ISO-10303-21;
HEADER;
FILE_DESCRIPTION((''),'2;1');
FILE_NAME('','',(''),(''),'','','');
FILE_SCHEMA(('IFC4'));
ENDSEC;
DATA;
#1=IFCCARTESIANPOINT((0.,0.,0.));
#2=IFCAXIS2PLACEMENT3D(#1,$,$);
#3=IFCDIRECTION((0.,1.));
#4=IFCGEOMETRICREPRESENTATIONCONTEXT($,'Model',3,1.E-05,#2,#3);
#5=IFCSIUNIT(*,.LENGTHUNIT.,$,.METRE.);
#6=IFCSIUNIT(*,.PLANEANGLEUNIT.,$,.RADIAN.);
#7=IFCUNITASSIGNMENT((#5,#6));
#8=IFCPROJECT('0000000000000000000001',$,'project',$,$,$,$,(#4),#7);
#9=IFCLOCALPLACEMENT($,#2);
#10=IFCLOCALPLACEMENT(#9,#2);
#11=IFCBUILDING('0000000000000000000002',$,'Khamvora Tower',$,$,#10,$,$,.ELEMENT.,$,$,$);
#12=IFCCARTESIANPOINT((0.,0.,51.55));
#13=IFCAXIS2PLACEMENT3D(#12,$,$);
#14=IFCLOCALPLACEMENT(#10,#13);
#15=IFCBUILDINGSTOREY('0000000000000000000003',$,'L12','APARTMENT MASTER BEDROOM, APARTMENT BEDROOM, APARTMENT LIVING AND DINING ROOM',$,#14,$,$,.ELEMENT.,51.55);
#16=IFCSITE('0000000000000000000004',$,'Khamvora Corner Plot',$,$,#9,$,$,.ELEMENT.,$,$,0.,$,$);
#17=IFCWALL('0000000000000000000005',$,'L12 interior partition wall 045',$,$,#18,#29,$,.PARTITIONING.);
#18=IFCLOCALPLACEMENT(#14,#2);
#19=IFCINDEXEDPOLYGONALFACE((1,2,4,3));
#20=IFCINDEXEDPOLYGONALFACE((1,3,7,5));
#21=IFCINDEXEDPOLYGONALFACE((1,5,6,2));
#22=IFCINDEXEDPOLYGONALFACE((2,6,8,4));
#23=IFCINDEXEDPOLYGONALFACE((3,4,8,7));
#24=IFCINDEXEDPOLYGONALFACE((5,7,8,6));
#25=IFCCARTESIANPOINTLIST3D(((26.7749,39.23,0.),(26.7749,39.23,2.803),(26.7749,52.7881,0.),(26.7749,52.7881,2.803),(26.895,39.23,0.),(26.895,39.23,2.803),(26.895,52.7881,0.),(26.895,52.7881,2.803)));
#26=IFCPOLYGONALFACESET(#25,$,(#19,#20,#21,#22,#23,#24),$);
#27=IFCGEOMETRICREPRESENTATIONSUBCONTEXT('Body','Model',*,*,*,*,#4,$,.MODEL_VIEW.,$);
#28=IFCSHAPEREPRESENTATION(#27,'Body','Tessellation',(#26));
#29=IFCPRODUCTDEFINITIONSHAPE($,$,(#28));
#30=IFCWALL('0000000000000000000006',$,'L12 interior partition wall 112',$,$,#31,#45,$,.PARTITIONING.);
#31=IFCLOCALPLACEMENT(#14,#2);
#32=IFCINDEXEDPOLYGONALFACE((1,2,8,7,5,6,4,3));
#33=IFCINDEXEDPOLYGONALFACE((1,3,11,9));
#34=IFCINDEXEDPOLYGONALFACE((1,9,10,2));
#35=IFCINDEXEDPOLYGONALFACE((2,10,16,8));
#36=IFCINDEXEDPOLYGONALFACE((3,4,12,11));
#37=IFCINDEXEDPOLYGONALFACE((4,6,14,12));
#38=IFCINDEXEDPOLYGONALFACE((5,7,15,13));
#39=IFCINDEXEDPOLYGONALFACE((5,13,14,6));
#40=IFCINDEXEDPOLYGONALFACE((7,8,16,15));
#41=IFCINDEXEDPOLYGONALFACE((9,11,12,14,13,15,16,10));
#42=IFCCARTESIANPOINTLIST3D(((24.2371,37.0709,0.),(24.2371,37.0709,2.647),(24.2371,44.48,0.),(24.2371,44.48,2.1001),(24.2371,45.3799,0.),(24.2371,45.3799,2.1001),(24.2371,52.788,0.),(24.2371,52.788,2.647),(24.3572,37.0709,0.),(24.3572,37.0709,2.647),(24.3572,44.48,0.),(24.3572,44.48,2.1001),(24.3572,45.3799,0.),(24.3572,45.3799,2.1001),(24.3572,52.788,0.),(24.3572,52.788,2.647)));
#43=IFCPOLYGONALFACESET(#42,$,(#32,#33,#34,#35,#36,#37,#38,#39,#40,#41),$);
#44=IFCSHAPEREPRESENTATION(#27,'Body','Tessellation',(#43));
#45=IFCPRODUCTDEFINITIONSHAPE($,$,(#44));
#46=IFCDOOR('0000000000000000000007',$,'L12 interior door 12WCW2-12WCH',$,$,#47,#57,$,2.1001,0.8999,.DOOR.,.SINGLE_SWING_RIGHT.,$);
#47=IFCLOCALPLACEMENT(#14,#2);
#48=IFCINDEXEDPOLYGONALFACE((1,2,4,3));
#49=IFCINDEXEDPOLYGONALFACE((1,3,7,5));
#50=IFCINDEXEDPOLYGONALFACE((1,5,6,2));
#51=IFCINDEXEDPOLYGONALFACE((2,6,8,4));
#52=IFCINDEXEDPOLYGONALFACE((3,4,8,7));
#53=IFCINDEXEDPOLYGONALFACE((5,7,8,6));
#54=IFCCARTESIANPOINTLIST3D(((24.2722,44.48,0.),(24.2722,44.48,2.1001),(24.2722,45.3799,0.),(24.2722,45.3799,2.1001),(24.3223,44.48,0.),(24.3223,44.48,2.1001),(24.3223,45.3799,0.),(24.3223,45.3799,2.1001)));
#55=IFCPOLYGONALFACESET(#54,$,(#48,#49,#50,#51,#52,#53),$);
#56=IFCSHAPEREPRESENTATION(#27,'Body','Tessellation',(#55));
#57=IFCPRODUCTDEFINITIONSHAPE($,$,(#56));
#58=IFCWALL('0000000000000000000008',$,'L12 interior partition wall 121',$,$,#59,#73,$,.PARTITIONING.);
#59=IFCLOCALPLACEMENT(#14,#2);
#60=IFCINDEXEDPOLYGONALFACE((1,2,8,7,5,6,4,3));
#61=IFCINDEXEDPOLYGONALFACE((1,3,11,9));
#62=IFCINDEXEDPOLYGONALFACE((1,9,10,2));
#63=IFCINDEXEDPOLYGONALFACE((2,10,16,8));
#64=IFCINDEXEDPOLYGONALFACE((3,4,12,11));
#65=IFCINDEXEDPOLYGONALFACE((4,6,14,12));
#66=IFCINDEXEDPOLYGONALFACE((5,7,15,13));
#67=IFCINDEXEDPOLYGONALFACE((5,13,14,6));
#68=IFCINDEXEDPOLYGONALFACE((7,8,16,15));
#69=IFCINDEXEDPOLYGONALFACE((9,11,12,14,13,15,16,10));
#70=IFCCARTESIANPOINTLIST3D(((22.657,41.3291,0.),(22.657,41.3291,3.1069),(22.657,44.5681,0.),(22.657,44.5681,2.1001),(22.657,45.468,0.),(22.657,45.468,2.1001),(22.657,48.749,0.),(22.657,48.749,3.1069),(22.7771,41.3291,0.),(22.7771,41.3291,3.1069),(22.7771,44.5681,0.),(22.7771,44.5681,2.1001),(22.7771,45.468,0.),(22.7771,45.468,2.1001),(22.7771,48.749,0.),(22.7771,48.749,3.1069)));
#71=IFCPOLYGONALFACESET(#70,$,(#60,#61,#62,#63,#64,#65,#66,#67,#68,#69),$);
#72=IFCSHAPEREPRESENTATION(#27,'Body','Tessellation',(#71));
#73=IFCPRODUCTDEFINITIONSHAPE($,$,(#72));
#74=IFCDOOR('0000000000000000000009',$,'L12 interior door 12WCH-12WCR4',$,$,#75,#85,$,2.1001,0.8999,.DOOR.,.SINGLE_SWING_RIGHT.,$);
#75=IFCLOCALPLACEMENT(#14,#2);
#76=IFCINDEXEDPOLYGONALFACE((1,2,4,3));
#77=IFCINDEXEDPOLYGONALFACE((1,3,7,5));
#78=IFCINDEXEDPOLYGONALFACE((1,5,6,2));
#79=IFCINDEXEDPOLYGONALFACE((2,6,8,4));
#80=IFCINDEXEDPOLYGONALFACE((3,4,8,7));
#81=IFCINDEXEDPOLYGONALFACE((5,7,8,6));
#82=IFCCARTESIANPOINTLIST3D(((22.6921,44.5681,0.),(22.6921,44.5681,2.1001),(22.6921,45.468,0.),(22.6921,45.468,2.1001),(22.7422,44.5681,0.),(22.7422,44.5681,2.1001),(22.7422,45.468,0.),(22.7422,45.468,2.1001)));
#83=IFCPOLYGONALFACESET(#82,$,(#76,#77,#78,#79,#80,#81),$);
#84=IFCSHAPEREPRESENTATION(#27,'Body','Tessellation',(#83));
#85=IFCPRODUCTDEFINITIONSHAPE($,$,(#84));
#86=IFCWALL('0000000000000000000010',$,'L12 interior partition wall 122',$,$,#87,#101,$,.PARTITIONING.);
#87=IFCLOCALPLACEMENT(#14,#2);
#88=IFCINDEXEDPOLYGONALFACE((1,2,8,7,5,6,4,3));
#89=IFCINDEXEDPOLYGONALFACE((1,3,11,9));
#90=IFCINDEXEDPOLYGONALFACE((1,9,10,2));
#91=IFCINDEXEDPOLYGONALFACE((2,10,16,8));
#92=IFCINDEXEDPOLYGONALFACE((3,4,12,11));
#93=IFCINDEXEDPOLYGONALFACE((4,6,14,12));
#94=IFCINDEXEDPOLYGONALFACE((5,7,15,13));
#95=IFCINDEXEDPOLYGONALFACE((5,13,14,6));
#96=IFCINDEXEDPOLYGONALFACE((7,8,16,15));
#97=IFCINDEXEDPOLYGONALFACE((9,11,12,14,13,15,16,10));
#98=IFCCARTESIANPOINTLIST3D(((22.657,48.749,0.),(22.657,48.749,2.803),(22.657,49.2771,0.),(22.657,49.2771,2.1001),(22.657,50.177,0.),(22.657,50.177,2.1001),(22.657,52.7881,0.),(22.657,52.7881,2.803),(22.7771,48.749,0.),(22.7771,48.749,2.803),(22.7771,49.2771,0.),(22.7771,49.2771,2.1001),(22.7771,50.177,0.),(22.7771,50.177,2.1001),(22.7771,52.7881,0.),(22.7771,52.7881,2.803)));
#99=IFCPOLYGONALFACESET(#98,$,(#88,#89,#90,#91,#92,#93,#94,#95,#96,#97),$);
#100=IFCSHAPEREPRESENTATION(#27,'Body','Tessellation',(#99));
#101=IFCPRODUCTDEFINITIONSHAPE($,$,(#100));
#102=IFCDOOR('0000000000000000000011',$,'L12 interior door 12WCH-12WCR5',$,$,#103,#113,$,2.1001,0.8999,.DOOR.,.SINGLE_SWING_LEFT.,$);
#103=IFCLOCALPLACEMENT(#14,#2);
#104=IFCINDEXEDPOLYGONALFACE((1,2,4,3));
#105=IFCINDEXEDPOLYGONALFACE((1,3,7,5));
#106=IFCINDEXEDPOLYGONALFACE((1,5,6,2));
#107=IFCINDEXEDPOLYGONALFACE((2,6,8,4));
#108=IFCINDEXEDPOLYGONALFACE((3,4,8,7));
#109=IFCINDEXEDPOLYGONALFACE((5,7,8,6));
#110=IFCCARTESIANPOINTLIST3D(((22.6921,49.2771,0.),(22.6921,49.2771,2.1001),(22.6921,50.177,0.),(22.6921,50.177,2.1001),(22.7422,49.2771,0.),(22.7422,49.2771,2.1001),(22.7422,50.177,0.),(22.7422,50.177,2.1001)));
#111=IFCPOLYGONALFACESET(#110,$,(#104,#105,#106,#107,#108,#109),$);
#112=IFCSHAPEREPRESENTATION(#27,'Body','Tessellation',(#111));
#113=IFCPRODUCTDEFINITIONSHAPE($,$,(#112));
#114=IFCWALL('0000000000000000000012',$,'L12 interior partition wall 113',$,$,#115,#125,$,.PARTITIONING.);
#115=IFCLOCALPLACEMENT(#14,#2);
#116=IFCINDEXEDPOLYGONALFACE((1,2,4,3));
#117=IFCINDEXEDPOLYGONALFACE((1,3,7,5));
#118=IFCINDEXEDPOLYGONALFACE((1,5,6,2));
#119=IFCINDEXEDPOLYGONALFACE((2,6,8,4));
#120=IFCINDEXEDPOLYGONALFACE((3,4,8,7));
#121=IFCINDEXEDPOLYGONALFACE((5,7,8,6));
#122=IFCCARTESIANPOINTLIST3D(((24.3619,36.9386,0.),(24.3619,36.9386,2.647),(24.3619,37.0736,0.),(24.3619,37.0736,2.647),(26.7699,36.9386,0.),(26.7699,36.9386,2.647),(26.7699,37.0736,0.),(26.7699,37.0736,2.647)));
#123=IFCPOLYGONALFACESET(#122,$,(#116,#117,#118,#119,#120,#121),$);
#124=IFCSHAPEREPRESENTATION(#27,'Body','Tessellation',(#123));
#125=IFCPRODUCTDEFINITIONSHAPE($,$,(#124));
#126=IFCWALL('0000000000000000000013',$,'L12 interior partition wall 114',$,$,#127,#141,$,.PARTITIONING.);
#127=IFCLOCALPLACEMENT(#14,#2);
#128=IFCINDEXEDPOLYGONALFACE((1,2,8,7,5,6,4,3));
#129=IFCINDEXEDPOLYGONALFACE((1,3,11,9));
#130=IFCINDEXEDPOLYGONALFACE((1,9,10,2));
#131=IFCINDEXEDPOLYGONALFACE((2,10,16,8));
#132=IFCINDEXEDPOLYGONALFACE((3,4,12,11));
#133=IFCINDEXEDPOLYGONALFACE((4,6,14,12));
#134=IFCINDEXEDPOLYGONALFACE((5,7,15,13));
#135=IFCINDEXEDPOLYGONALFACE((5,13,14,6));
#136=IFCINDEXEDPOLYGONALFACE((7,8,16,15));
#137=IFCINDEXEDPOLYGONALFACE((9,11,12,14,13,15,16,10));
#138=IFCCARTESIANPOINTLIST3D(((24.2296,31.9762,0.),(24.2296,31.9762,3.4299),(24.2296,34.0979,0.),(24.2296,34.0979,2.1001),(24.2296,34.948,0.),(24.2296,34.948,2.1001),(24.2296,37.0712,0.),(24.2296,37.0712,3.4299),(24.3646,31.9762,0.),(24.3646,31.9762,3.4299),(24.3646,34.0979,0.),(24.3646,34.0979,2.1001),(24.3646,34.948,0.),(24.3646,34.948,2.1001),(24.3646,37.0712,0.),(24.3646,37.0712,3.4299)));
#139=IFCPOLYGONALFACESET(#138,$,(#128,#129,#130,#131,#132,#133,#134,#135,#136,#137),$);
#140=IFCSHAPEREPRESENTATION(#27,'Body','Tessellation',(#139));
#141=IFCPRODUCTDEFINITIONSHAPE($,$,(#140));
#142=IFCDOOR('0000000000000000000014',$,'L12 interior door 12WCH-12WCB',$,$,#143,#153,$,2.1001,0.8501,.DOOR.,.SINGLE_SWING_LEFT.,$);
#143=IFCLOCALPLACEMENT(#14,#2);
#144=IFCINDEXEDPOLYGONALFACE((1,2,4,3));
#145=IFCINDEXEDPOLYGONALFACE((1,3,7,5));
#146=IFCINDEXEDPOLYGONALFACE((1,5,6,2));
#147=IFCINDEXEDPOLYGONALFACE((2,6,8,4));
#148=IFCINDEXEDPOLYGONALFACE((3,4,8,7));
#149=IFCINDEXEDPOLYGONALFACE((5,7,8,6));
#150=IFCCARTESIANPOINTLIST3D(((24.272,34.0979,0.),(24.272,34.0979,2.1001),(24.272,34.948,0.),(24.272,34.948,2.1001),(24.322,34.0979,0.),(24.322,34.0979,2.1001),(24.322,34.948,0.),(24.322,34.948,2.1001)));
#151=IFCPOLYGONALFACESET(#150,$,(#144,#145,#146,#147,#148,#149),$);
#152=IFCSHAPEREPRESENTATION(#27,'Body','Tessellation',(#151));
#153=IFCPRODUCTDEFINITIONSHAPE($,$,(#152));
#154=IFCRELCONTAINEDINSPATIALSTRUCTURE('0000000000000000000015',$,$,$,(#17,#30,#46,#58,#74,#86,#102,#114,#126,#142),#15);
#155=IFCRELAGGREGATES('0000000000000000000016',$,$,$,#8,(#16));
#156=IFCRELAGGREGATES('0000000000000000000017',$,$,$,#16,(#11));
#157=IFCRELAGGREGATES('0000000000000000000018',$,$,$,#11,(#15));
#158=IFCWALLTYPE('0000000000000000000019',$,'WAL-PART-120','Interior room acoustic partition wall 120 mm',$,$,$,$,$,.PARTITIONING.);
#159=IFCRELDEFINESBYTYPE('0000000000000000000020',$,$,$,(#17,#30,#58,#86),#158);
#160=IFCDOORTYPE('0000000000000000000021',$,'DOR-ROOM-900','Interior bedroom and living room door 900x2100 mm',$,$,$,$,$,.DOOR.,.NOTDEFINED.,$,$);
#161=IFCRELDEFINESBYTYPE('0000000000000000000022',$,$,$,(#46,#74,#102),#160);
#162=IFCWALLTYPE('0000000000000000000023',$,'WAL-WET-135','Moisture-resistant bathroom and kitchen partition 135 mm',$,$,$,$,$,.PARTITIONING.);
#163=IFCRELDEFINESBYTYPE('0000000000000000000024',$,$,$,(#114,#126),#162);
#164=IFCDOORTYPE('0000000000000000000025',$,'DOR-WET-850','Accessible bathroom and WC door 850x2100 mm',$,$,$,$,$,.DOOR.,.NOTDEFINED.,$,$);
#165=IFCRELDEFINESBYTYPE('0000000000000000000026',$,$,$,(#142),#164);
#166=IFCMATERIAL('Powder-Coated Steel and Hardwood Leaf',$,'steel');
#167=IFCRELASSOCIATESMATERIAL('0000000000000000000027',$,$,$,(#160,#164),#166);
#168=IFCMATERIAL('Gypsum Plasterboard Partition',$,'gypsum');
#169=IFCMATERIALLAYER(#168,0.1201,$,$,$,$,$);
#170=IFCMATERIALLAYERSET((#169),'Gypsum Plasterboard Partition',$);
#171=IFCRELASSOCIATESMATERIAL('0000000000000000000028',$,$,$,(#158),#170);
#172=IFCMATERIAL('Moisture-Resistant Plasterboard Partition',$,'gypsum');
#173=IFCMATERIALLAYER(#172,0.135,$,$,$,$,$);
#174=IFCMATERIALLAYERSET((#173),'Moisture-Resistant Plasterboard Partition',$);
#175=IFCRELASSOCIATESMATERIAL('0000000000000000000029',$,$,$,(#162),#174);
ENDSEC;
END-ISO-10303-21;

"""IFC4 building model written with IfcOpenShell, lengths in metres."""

from ifc_helpers import new_model, si_unit, direction, frame, frame_2d, origin, place, context, subcontext, project, spatial, rectangle, extrude, material, layer, layer_set, type_object, element, fill, save


model = new_model("IFC4")

# Units and contexts
model_context = context("Model", 3, precision=1e-05, world=origin(), true_north=direction((0.0, 1.0)))
body_context = subcontext(model_context, "Body", "Model", "MODEL_VIEW")
ifc_project = project(units=[si_unit("LENGTHUNIT", "METRE"), si_unit("PLANEANGLEUNIT", "RADIAN")], contexts=[model_context])

# Site, building, storey
site_placement = place(None, origin())
site = spatial("IfcSite", under=ifc_project, at=site_placement, Name="Khamvora Corner Plot", CompositionType="ELEMENT", RefElevation=0.0)
building_placement = place(site_placement, origin())
building = spatial("IfcBuilding", under=site, at=building_placement, Name="Khamvora Tower", CompositionType="ELEMENT")
storey_placement = place(building_placement, frame((0.0, 0.0, 51.55)))
storey = spatial("IfcBuildingStorey", under=building, at=storey_placement, Name="L12", Description="APARTMENT MASTER BEDROOM, APARTMENT BEDROOM, APARTMENT LIVING AND DINING ROOM", CompositionType="ELEMENT", Elevation=51.55)

# Shared definitions
ifc_material_1 = material(Name="Powder-Coated Steel and Hardwood Leaf", Category="steel")
door_type_1 = type_object("IfcDoorType", Name="DOR-ROOM-900", Description="Interior bedroom and living room door 900x2100 mm", OperationType="NOTDEFINED", PredefinedType="DOOR", material=ifc_material_1)

# Wall
ifc_material_2 = material(Name="Gypsum Plasterboard Partition", Category="gypsum")
ifc_layer_1 = layer(ifc_material_2, 0.1201)
ifc_layer_set_1 = layer_set([ifc_layer_1], Name="Gypsum Plasterboard Partition")
wall_type_1 = type_object("IfcWallType", Name="WAL-PART-120", Description="Interior room acoustic partition wall 120 mm", PredefinedType="PARTITIONING", material=ifc_layer_set_1)
wall_1_placement = place(storey_placement, frame((26.835, 39.23, 0.0), z_axis=(0.0, 0.0, 1.0), x_axis=(0.0, 1.0, 0.0)))
element("IfcWall", 1, at=wall_1_placement, inside=storey, type_object=wall_type_1, Name="L12 interior partition wall 045", PredefinedType="PARTITIONING", context=body_context, shape_type="SweptSolid", body=[
    extrude(rectangle(XDim=13.5581, YDim=0.1201, at=frame_2d((6.7791, 0.0))), origin(), (0.0, 0.0, 1.0), 2.803),
])

# Walls, openings, doors
wall_2_placement = place(storey_placement, frame((24.2971, 37.071, 0.0), z_axis=(0.0, 0.0, 1.0), x_axis=(0.0, 1.0, 0.0)))
wall_2 = element("IfcWall", 2, at=wall_2_placement, inside=storey, type_object=wall_type_1, Name="L12 interior partition wall 112", PredefinedType="PARTITIONING", context=body_context, shape_type="SweptSolid", body=[
    extrude(rectangle(XDim=15.717, YDim=0.1201, at=frame_2d((7.8584, 0.0))), origin(), (0.0, 0.0, 1.0), 2.647),
])
opening_1_placement = place(wall_2_placement, frame((7.4089, 0.0, 0.0)))
opening_1 = element("IfcOpeningElement", 3, at=opening_1_placement, cuts=wall_2, PredefinedType="OPENING", context=body_context, shape_type="SweptSolid", body=[
    extrude(rectangle(XDim=0.8999, YDim=2.1001, at=frame_2d((0.45, 1.05))), frame((0.0, 0.0701, 0.0), z_axis=(0.0, -1.0, 0.0), x_axis=(1.0, 0.0, 0.0)), (0.0, 0.0, 1.0), 0.1401),
])
door_1_placement = place(opening_1_placement, origin())
door_1 = element("IfcDoor", 4, at=door_1_placement, inside=storey, type_object=door_type_1, Name="L12 interior door 12WCW2-12WCH", OperationType="SINGLE_SWING_RIGHT", OverallHeight=2.1001, OverallWidth=0.8999, PredefinedType="DOOR", context=body_context, shape_type="SweptSolid", body=[
    extrude(rectangle(XDim=0.8999, YDim=2.1001, at=frame_2d((0.45, 1.05))), frame((0.0, 0.0249, 0.0), z_axis=(0.0, -1.0, 0.0), x_axis=(1.0, 0.0, 0.0)), (0.0, 0.0, 1.0), 0.05),
])
fill(opening_1, door_1)
wall_3_placement = place(storey_placement, frame((22.717, 41.3291, 0.0), z_axis=(0.0, 0.0, 1.0), x_axis=(0.0, 1.0, 0.0)))
wall_3 = element("IfcWall", 5, at=wall_3_placement, inside=storey, type_object=wall_type_1, Name="L12 interior partition wall 121", PredefinedType="PARTITIONING", context=body_context, shape_type="SweptSolid", body=[
    extrude(rectangle(XDim=7.4199, YDim=0.1201, at=frame_2d((3.71, 0.0))), origin(), (0.0, 0.0, 1.0), 3.1069),
])
opening_2_placement = place(wall_3_placement, frame((3.239, 0.0, 0.0)))
opening_2 = element("IfcOpeningElement", 6, at=opening_2_placement, cuts=wall_3, PredefinedType="OPENING", context=body_context, shape_type="SweptSolid", body=[
    extrude(rectangle(XDim=0.8999, YDim=2.1001, at=frame_2d((0.45, 1.05))), frame((0.0, 0.0701, 0.0), z_axis=(0.0, -1.0, 0.0), x_axis=(1.0, 0.0, 0.0)), (0.0, 0.0, 1.0), 0.1401),
])
door_2_placement = place(opening_2_placement, origin())
door_2 = element("IfcDoor", 7, at=door_2_placement, inside=storey, type_object=door_type_1, Name="L12 interior door 12WCH-12WCR4", OperationType="SINGLE_SWING_RIGHT", OverallHeight=2.1001, OverallWidth=0.8999, PredefinedType="DOOR", context=body_context, shape_type="SweptSolid", body=[
    extrude(rectangle(XDim=0.8999, YDim=2.1001, at=frame_2d((0.45, 1.05))), frame((0.0, 0.0249, 0.0), z_axis=(0.0, -1.0, 0.0), x_axis=(1.0, 0.0, 0.0)), (0.0, 0.0, 1.0), 0.05),
])
fill(opening_2, door_2)
wall_4_placement = place(storey_placement, frame((22.717, 48.749, 0.0), z_axis=(0.0, 0.0, 1.0), x_axis=(0.0, 1.0, 0.0)))
wall_4 = element("IfcWall", 8, at=wall_4_placement, inside=storey, type_object=wall_type_1, Name="L12 interior partition wall 122", PredefinedType="PARTITIONING", context=body_context, shape_type="SweptSolid", body=[
    extrude(rectangle(XDim=4.0391, YDim=0.1201, at=frame_2d((2.0195, 0.0))), origin(), (0.0, 0.0, 1.0), 2.803),
])
opening_3_placement = place(wall_4_placement, frame((0.5281, 0.0, 0.0)))
opening_3 = element("IfcOpeningElement", 9, at=opening_3_placement, cuts=wall_4, PredefinedType="OPENING", context=body_context, shape_type="SweptSolid", body=[
    extrude(rectangle(XDim=0.8999, YDim=2.1001, at=frame_2d((0.45, 1.05))), frame((0.0, 0.0701, 0.0), z_axis=(0.0, -1.0, 0.0), x_axis=(1.0, 0.0, 0.0)), (0.0, 0.0, 1.0), 0.1401),
])
door_3_placement = place(opening_3_placement, origin())
door_3 = element("IfcDoor", 10, at=door_3_placement, inside=storey, type_object=door_type_1, Name="L12 interior door 12WCH-12WCR5", OperationType="SINGLE_SWING_LEFT", OverallHeight=2.1001, OverallWidth=0.8999, PredefinedType="DOOR", context=body_context, shape_type="SweptSolid", body=[
    extrude(rectangle(XDim=0.8999, YDim=2.1001, at=frame_2d((0.45, 1.05))), frame((0.0, 0.0249, 0.0), z_axis=(0.0, -1.0, 0.0), x_axis=(1.0, 0.0, 0.0)), (0.0, 0.0, 1.0), 0.05),
])
fill(opening_3, door_3)

# Wall
ifc_material_3 = material(Name="Moisture-Resistant Plasterboard Partition", Category="gypsum")
ifc_layer_2 = layer(ifc_material_3, 0.135)
ifc_layer_set_2 = layer_set([ifc_layer_2], Name="Moisture-Resistant Plasterboard Partition")
wall_type_2 = type_object("IfcWallType", Name="WAL-WET-135", Description="Moisture-resistant bathroom and kitchen partition 135 mm", PredefinedType="PARTITIONING", material=ifc_layer_set_2)
wall_5_placement = place(storey_placement, frame((26.77, 37.0061, 0.0), z_axis=(0.0, 0.0, 1.0), x_axis=(-1.0, 0.0, 0.0)))
element("IfcWall", 11, at=wall_5_placement, inside=storey, type_object=wall_type_2, Name="L12 interior partition wall 113", PredefinedType="PARTITIONING", context=body_context, shape_type="SweptSolid", body=[
    extrude(rectangle(XDim=2.408, YDim=0.135, at=frame_2d((1.2041, 0.0))), origin(), (0.0, 0.0, 1.0), 2.647),
])

# Wall, opening, door
wall_6_placement = place(storey_placement, frame((24.2971, 37.071, 0.0), z_axis=(0.0, 0.0, 1.0), x_axis=(0.0, -1.0, 0.0)))
wall_6 = element("IfcWall", 12, at=wall_6_placement, inside=storey, type_object=wall_type_2, Name="L12 interior partition wall 114", PredefinedType="PARTITIONING", context=body_context, shape_type="SweptSolid", body=[
    extrude(rectangle(XDim=5.095, YDim=0.135, at=frame_2d((2.5474, 0.0))), origin(), (0.0, 0.0, 1.0), 3.4299),
])
opening_4_placement = place(wall_6_placement, frame((2.123, 0.0, 0.0)))
opening_4 = element("IfcOpeningElement", 13, at=opening_4_placement, cuts=wall_6, PredefinedType="OPENING", context=body_context, shape_type="SweptSolid", body=[
    extrude(rectangle(XDim=0.8501, YDim=2.1001, at=frame_2d((0.425, 1.05))), frame((0.0, 0.0774, 0.0), z_axis=(0.0, -1.0, 0.0), x_axis=(1.0, 0.0, 0.0)), (0.0, 0.0, 1.0), 0.155),
])
door_type_2 = type_object("IfcDoorType", Name="DOR-WET-850", Description="Accessible bathroom and WC door 850x2100 mm", OperationType="NOTDEFINED", PredefinedType="DOOR", material=ifc_material_1)
door_4_placement = place(opening_4_placement, origin())
door_4 = element("IfcDoor", 14, at=door_4_placement, inside=storey, type_object=door_type_2, Name="L12 interior door 12WCH-12WCB", OperationType="SINGLE_SWING_LEFT", OverallHeight=2.1001, OverallWidth=0.8501, PredefinedType="DOOR", context=body_context, shape_type="SweptSolid", body=[
    extrude(rectangle(XDim=0.8501, YDim=2.1001, at=frame_2d((0.425, 1.05))), frame((0.0, 0.0249, 0.0), z_axis=(0.0, -1.0, 0.0), x_axis=(1.0, 0.0, 0.0)), (0.0, 0.0, 1.0), 0.05),
])
fill(opening_4, door_4)

save(model, "model.ifc")
